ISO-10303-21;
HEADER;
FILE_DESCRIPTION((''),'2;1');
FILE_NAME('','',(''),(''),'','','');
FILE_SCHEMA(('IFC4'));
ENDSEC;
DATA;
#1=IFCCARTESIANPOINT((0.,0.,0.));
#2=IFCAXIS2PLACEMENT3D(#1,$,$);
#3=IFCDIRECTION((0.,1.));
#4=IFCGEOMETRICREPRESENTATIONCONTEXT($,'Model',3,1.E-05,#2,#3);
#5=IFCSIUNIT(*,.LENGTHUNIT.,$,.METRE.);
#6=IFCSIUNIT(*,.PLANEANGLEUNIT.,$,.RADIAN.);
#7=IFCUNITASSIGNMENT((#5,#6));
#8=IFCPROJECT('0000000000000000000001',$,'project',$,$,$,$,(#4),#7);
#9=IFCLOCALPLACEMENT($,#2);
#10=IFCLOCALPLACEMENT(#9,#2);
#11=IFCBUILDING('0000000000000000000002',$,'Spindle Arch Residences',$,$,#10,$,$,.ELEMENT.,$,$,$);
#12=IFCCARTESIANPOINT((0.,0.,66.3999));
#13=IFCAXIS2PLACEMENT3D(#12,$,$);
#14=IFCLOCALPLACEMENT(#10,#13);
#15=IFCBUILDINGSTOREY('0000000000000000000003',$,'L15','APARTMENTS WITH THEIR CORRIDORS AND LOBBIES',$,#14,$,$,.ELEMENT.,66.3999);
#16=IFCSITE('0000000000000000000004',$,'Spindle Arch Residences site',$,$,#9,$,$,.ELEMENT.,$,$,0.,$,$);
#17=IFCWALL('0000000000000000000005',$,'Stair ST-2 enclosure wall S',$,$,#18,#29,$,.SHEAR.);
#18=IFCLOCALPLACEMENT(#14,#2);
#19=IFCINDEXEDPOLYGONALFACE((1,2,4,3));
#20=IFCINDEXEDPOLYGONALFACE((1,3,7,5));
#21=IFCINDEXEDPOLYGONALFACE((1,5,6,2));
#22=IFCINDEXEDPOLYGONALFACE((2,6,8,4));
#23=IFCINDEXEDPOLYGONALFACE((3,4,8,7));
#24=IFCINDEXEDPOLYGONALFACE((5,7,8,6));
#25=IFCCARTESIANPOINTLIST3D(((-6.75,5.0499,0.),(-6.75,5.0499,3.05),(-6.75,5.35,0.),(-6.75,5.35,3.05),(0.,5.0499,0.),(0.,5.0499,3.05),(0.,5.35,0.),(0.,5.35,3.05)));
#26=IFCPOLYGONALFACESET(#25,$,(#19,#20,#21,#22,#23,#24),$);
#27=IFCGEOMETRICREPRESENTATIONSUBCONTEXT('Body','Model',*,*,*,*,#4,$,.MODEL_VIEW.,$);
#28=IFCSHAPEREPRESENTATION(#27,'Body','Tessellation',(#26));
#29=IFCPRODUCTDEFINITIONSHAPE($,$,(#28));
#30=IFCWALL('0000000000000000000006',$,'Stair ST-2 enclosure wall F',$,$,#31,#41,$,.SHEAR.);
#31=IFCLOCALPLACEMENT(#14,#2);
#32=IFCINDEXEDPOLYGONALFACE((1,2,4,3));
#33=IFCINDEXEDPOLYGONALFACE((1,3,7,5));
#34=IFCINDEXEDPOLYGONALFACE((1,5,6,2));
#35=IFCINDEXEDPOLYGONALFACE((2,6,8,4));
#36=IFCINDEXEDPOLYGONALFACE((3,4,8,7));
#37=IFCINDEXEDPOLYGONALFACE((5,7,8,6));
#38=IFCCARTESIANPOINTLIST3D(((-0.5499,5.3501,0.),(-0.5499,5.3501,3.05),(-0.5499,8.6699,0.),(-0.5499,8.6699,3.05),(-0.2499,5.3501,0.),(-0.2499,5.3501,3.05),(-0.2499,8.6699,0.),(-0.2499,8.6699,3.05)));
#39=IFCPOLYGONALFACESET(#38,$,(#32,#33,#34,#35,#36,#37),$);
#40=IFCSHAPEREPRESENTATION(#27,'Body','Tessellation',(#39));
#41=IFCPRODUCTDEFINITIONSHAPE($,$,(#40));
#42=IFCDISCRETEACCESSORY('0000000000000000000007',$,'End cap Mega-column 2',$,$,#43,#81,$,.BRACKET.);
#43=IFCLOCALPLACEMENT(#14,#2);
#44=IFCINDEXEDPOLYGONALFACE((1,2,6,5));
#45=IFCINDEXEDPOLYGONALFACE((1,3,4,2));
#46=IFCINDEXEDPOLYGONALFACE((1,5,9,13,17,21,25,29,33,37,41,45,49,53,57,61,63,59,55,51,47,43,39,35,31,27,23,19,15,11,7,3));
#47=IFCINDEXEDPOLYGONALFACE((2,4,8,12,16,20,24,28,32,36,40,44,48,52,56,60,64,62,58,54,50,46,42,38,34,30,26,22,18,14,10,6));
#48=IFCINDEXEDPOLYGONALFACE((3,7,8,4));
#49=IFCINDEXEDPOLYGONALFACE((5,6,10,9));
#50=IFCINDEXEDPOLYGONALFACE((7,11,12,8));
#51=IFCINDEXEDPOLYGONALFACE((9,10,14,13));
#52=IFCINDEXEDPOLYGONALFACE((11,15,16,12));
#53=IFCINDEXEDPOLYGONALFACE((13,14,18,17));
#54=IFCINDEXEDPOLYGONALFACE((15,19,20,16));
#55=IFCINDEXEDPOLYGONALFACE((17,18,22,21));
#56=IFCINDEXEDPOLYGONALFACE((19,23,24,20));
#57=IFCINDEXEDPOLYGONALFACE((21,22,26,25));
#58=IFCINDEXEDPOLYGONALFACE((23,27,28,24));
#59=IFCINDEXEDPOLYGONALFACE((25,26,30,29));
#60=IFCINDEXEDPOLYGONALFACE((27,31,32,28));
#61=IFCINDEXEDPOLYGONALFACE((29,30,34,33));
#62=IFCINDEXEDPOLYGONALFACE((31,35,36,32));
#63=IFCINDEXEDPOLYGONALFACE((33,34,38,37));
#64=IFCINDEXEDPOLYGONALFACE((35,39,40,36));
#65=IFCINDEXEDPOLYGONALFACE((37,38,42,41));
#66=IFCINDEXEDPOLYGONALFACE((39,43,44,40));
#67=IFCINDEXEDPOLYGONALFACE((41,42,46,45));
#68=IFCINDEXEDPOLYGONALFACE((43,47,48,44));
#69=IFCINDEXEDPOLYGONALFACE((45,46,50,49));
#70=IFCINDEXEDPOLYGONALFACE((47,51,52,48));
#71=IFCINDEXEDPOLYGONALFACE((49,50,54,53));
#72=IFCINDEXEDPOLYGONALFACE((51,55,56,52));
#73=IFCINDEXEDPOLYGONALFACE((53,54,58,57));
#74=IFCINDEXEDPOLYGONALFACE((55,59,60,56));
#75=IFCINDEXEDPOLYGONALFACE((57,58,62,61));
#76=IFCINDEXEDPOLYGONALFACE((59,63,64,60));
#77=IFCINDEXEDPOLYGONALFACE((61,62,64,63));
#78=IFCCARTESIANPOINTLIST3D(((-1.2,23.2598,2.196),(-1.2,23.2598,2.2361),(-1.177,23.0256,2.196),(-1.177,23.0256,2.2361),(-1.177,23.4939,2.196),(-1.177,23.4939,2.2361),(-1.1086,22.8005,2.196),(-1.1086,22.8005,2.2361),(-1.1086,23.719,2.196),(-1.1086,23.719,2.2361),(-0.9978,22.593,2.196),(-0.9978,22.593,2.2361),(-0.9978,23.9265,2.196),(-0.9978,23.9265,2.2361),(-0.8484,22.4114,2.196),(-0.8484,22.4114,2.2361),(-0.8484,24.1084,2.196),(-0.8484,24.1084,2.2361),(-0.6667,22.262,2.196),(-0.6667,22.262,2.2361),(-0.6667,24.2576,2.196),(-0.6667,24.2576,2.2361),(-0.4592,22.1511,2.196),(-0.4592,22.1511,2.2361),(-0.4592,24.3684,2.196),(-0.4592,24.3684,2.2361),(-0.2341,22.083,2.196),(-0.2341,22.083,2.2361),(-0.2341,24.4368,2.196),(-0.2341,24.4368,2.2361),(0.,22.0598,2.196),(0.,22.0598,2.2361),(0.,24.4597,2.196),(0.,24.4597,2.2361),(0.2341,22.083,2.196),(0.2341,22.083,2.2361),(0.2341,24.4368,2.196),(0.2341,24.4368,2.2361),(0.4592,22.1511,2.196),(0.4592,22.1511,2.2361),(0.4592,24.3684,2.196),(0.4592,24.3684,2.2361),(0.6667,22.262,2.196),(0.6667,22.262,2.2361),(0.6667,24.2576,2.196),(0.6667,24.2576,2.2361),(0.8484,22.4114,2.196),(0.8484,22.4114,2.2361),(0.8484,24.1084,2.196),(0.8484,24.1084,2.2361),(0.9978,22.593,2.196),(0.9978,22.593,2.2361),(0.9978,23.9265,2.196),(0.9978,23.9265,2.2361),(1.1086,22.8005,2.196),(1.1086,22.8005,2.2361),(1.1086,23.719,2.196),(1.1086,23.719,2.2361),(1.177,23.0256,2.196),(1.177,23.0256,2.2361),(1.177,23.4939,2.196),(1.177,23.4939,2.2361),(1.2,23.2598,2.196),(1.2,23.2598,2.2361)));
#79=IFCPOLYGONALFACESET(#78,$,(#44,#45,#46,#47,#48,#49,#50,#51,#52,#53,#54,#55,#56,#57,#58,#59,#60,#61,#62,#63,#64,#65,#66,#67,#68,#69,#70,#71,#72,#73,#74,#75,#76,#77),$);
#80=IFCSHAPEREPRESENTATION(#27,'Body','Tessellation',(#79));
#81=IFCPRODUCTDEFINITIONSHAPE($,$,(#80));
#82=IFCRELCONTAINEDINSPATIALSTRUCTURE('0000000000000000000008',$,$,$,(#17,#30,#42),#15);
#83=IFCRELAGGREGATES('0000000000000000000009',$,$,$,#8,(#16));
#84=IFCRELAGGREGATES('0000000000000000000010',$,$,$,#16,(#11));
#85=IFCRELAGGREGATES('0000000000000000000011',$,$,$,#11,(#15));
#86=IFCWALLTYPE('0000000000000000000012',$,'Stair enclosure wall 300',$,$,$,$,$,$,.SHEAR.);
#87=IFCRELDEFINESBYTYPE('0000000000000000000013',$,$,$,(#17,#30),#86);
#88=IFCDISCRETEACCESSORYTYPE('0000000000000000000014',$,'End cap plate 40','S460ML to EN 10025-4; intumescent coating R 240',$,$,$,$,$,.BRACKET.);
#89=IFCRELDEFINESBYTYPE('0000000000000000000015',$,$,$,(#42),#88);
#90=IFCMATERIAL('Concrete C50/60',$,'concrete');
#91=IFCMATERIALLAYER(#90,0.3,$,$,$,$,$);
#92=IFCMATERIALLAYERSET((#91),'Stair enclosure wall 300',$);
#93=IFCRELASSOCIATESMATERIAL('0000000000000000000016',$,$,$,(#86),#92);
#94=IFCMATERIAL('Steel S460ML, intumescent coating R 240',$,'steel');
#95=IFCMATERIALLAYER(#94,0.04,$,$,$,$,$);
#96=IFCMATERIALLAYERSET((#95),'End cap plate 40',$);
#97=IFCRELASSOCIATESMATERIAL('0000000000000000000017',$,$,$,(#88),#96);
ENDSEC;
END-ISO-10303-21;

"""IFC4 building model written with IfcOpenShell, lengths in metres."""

from ifc_helpers import new_model, si_unit, direction, frame, frame_2d, origin, place, context, subcontext, project, spatial, polyline, rectangle, outline, extrude, material, layer, layer_set, type_object, element, save


model = new_model("IFC4")

# Units and contexts
model_context = context("Model", 3, precision=1e-05, world=origin(), true_north=direction((0.0, 1.0)))
body_context = subcontext(model_context, "Body", "Model", "MODEL_VIEW")
ifc_project = project(units=[si_unit("LENGTHUNIT", "METRE"), si_unit("PLANEANGLEUNIT", "RADIAN")], contexts=[model_context])

# Site, building, storey
site_placement = place(None, origin())
site = spatial("IfcSite", under=ifc_project, at=site_placement, Name="Spindle Arch Residences site", CompositionType="ELEMENT", RefElevation=0.0)
building_placement = place(site_placement, origin())
building = spatial("IfcBuilding", under=site, at=building_placement, Name="Spindle Arch Residences", CompositionType="ELEMENT")
storey_placement = place(building_placement, frame((0.0, 0.0, 66.3999)))
storey = spatial("IfcBuildingStorey", under=building, at=storey_placement, Name="L15", Description="APARTMENTS WITH THEIR CORRIDORS AND LOBBIES", CompositionType="ELEMENT", Elevation=66.3999)

# Walls
ifc_material_1 = material(Name="Concrete C50/60", Category="concrete")
ifc_layer_1 = layer(ifc_material_1, 0.3)
ifc_layer_set_1 = layer_set([ifc_layer_1], Name="Stair enclosure wall 300")
wall_type_1 = type_object("IfcWallType", Name="Stair enclosure wall 300", PredefinedType="SHEAR", material=ifc_layer_set_1)
wall_1_placement = place(storey_placement, frame((-6.75, 5.2, 0.0), z_axis=(0.0, 0.0, 1.0), x_axis=(1.0, 0.0, 0.0)))
element("IfcWall", 1, at=wall_1_placement, inside=storey, type_object=wall_type_1, Name="Stair ST-2 enclosure wall S", PredefinedType="SHEAR", context=body_context, shape_type="SweptSolid", body=[
    extrude(rectangle(XDim=6.75, YDim=0.3, at=frame_2d((3.375, 0.0))), origin(), (0.0, 0.0, 1.0), 3.05),
])
wall_2_placement = place(storey_placement, frame((-0.3999, 5.3501, 0.0), z_axis=(0.0, 0.0, 1.0), x_axis=(0.0, 1.0, 0.0)))
element("IfcWall", 2, at=wall_2_placement, inside=storey, type_object=wall_type_1, Name="Stair ST-2 enclosure wall F", PredefinedType="SHEAR", context=body_context, shape_type="SweptSolid", body=[
    extrude(rectangle(XDim=3.3198, YDim=0.3, at=frame_2d((1.6599, 0.0))), origin(), (0.0, 0.0, 1.0), 3.05),
])

# Discrete accessory
ifc_material_2 = material(Name="Steel S460ML, intumescent coating R 240", Category="steel")
ifc_layer_2 = layer(ifc_material_2, 0.04)
ifc_layer_set_2 = layer_set([ifc_layer_2], Name="End cap plate 40")
discrete_accessory_type = type_object("IfcDiscreteAccessoryType", Name="End cap plate 40", Description="S460ML to EN 10025-4; intumescent coating R 240", PredefinedType="BRACKET", material=ifc_layer_set_2)
discrete_accessory_placement = place(storey_placement, frame((0.0, 0.0, 2.196)))
element("IfcDiscreteAccessory", 3, at=discrete_accessory_placement, inside=storey, type_object=discrete_accessory_type, Name="End cap Mega-column 2", PredefinedType="BRACKET", context=body_context, shape_type="SweptSolid", body=[
    extrude(outline(polyline([(1.2, 23.2598), (1.177, 23.4939), (1.1086, 23.719), (0.9978, 23.9265), (0.8484, 24.1084), (0.6667, 24.2576), (0.4592, 24.3684), (0.2341, 24.4368), (0.0, 24.4597), (-0.2341, 24.4368), (-0.4592, 24.3684), (-0.6667, 24.2576), (-0.8484, 24.1084), (-0.9978, 23.9265), (-1.1086, 23.719), (-1.177, 23.4939), (-1.2, 23.2598), (-1.177, 23.0256), (-1.1086, 22.8005), (-0.9978, 22.593), (-0.8484, 22.4114), (-0.6667, 22.262), (-0.4592, 22.1511), (-0.2341, 22.083), (0.0, 22.0598), (0.2341, 22.083), (0.4592, 22.1511), (0.6667, 22.262), (0.8484, 22.4114), (0.9978, 22.593), (1.1086, 22.8005), (1.177, 23.0256), (1.2, 23.2598)])), origin(), (0.0, 0.0, 1.0), 0.04),
])

save(model, "model.ifc")
